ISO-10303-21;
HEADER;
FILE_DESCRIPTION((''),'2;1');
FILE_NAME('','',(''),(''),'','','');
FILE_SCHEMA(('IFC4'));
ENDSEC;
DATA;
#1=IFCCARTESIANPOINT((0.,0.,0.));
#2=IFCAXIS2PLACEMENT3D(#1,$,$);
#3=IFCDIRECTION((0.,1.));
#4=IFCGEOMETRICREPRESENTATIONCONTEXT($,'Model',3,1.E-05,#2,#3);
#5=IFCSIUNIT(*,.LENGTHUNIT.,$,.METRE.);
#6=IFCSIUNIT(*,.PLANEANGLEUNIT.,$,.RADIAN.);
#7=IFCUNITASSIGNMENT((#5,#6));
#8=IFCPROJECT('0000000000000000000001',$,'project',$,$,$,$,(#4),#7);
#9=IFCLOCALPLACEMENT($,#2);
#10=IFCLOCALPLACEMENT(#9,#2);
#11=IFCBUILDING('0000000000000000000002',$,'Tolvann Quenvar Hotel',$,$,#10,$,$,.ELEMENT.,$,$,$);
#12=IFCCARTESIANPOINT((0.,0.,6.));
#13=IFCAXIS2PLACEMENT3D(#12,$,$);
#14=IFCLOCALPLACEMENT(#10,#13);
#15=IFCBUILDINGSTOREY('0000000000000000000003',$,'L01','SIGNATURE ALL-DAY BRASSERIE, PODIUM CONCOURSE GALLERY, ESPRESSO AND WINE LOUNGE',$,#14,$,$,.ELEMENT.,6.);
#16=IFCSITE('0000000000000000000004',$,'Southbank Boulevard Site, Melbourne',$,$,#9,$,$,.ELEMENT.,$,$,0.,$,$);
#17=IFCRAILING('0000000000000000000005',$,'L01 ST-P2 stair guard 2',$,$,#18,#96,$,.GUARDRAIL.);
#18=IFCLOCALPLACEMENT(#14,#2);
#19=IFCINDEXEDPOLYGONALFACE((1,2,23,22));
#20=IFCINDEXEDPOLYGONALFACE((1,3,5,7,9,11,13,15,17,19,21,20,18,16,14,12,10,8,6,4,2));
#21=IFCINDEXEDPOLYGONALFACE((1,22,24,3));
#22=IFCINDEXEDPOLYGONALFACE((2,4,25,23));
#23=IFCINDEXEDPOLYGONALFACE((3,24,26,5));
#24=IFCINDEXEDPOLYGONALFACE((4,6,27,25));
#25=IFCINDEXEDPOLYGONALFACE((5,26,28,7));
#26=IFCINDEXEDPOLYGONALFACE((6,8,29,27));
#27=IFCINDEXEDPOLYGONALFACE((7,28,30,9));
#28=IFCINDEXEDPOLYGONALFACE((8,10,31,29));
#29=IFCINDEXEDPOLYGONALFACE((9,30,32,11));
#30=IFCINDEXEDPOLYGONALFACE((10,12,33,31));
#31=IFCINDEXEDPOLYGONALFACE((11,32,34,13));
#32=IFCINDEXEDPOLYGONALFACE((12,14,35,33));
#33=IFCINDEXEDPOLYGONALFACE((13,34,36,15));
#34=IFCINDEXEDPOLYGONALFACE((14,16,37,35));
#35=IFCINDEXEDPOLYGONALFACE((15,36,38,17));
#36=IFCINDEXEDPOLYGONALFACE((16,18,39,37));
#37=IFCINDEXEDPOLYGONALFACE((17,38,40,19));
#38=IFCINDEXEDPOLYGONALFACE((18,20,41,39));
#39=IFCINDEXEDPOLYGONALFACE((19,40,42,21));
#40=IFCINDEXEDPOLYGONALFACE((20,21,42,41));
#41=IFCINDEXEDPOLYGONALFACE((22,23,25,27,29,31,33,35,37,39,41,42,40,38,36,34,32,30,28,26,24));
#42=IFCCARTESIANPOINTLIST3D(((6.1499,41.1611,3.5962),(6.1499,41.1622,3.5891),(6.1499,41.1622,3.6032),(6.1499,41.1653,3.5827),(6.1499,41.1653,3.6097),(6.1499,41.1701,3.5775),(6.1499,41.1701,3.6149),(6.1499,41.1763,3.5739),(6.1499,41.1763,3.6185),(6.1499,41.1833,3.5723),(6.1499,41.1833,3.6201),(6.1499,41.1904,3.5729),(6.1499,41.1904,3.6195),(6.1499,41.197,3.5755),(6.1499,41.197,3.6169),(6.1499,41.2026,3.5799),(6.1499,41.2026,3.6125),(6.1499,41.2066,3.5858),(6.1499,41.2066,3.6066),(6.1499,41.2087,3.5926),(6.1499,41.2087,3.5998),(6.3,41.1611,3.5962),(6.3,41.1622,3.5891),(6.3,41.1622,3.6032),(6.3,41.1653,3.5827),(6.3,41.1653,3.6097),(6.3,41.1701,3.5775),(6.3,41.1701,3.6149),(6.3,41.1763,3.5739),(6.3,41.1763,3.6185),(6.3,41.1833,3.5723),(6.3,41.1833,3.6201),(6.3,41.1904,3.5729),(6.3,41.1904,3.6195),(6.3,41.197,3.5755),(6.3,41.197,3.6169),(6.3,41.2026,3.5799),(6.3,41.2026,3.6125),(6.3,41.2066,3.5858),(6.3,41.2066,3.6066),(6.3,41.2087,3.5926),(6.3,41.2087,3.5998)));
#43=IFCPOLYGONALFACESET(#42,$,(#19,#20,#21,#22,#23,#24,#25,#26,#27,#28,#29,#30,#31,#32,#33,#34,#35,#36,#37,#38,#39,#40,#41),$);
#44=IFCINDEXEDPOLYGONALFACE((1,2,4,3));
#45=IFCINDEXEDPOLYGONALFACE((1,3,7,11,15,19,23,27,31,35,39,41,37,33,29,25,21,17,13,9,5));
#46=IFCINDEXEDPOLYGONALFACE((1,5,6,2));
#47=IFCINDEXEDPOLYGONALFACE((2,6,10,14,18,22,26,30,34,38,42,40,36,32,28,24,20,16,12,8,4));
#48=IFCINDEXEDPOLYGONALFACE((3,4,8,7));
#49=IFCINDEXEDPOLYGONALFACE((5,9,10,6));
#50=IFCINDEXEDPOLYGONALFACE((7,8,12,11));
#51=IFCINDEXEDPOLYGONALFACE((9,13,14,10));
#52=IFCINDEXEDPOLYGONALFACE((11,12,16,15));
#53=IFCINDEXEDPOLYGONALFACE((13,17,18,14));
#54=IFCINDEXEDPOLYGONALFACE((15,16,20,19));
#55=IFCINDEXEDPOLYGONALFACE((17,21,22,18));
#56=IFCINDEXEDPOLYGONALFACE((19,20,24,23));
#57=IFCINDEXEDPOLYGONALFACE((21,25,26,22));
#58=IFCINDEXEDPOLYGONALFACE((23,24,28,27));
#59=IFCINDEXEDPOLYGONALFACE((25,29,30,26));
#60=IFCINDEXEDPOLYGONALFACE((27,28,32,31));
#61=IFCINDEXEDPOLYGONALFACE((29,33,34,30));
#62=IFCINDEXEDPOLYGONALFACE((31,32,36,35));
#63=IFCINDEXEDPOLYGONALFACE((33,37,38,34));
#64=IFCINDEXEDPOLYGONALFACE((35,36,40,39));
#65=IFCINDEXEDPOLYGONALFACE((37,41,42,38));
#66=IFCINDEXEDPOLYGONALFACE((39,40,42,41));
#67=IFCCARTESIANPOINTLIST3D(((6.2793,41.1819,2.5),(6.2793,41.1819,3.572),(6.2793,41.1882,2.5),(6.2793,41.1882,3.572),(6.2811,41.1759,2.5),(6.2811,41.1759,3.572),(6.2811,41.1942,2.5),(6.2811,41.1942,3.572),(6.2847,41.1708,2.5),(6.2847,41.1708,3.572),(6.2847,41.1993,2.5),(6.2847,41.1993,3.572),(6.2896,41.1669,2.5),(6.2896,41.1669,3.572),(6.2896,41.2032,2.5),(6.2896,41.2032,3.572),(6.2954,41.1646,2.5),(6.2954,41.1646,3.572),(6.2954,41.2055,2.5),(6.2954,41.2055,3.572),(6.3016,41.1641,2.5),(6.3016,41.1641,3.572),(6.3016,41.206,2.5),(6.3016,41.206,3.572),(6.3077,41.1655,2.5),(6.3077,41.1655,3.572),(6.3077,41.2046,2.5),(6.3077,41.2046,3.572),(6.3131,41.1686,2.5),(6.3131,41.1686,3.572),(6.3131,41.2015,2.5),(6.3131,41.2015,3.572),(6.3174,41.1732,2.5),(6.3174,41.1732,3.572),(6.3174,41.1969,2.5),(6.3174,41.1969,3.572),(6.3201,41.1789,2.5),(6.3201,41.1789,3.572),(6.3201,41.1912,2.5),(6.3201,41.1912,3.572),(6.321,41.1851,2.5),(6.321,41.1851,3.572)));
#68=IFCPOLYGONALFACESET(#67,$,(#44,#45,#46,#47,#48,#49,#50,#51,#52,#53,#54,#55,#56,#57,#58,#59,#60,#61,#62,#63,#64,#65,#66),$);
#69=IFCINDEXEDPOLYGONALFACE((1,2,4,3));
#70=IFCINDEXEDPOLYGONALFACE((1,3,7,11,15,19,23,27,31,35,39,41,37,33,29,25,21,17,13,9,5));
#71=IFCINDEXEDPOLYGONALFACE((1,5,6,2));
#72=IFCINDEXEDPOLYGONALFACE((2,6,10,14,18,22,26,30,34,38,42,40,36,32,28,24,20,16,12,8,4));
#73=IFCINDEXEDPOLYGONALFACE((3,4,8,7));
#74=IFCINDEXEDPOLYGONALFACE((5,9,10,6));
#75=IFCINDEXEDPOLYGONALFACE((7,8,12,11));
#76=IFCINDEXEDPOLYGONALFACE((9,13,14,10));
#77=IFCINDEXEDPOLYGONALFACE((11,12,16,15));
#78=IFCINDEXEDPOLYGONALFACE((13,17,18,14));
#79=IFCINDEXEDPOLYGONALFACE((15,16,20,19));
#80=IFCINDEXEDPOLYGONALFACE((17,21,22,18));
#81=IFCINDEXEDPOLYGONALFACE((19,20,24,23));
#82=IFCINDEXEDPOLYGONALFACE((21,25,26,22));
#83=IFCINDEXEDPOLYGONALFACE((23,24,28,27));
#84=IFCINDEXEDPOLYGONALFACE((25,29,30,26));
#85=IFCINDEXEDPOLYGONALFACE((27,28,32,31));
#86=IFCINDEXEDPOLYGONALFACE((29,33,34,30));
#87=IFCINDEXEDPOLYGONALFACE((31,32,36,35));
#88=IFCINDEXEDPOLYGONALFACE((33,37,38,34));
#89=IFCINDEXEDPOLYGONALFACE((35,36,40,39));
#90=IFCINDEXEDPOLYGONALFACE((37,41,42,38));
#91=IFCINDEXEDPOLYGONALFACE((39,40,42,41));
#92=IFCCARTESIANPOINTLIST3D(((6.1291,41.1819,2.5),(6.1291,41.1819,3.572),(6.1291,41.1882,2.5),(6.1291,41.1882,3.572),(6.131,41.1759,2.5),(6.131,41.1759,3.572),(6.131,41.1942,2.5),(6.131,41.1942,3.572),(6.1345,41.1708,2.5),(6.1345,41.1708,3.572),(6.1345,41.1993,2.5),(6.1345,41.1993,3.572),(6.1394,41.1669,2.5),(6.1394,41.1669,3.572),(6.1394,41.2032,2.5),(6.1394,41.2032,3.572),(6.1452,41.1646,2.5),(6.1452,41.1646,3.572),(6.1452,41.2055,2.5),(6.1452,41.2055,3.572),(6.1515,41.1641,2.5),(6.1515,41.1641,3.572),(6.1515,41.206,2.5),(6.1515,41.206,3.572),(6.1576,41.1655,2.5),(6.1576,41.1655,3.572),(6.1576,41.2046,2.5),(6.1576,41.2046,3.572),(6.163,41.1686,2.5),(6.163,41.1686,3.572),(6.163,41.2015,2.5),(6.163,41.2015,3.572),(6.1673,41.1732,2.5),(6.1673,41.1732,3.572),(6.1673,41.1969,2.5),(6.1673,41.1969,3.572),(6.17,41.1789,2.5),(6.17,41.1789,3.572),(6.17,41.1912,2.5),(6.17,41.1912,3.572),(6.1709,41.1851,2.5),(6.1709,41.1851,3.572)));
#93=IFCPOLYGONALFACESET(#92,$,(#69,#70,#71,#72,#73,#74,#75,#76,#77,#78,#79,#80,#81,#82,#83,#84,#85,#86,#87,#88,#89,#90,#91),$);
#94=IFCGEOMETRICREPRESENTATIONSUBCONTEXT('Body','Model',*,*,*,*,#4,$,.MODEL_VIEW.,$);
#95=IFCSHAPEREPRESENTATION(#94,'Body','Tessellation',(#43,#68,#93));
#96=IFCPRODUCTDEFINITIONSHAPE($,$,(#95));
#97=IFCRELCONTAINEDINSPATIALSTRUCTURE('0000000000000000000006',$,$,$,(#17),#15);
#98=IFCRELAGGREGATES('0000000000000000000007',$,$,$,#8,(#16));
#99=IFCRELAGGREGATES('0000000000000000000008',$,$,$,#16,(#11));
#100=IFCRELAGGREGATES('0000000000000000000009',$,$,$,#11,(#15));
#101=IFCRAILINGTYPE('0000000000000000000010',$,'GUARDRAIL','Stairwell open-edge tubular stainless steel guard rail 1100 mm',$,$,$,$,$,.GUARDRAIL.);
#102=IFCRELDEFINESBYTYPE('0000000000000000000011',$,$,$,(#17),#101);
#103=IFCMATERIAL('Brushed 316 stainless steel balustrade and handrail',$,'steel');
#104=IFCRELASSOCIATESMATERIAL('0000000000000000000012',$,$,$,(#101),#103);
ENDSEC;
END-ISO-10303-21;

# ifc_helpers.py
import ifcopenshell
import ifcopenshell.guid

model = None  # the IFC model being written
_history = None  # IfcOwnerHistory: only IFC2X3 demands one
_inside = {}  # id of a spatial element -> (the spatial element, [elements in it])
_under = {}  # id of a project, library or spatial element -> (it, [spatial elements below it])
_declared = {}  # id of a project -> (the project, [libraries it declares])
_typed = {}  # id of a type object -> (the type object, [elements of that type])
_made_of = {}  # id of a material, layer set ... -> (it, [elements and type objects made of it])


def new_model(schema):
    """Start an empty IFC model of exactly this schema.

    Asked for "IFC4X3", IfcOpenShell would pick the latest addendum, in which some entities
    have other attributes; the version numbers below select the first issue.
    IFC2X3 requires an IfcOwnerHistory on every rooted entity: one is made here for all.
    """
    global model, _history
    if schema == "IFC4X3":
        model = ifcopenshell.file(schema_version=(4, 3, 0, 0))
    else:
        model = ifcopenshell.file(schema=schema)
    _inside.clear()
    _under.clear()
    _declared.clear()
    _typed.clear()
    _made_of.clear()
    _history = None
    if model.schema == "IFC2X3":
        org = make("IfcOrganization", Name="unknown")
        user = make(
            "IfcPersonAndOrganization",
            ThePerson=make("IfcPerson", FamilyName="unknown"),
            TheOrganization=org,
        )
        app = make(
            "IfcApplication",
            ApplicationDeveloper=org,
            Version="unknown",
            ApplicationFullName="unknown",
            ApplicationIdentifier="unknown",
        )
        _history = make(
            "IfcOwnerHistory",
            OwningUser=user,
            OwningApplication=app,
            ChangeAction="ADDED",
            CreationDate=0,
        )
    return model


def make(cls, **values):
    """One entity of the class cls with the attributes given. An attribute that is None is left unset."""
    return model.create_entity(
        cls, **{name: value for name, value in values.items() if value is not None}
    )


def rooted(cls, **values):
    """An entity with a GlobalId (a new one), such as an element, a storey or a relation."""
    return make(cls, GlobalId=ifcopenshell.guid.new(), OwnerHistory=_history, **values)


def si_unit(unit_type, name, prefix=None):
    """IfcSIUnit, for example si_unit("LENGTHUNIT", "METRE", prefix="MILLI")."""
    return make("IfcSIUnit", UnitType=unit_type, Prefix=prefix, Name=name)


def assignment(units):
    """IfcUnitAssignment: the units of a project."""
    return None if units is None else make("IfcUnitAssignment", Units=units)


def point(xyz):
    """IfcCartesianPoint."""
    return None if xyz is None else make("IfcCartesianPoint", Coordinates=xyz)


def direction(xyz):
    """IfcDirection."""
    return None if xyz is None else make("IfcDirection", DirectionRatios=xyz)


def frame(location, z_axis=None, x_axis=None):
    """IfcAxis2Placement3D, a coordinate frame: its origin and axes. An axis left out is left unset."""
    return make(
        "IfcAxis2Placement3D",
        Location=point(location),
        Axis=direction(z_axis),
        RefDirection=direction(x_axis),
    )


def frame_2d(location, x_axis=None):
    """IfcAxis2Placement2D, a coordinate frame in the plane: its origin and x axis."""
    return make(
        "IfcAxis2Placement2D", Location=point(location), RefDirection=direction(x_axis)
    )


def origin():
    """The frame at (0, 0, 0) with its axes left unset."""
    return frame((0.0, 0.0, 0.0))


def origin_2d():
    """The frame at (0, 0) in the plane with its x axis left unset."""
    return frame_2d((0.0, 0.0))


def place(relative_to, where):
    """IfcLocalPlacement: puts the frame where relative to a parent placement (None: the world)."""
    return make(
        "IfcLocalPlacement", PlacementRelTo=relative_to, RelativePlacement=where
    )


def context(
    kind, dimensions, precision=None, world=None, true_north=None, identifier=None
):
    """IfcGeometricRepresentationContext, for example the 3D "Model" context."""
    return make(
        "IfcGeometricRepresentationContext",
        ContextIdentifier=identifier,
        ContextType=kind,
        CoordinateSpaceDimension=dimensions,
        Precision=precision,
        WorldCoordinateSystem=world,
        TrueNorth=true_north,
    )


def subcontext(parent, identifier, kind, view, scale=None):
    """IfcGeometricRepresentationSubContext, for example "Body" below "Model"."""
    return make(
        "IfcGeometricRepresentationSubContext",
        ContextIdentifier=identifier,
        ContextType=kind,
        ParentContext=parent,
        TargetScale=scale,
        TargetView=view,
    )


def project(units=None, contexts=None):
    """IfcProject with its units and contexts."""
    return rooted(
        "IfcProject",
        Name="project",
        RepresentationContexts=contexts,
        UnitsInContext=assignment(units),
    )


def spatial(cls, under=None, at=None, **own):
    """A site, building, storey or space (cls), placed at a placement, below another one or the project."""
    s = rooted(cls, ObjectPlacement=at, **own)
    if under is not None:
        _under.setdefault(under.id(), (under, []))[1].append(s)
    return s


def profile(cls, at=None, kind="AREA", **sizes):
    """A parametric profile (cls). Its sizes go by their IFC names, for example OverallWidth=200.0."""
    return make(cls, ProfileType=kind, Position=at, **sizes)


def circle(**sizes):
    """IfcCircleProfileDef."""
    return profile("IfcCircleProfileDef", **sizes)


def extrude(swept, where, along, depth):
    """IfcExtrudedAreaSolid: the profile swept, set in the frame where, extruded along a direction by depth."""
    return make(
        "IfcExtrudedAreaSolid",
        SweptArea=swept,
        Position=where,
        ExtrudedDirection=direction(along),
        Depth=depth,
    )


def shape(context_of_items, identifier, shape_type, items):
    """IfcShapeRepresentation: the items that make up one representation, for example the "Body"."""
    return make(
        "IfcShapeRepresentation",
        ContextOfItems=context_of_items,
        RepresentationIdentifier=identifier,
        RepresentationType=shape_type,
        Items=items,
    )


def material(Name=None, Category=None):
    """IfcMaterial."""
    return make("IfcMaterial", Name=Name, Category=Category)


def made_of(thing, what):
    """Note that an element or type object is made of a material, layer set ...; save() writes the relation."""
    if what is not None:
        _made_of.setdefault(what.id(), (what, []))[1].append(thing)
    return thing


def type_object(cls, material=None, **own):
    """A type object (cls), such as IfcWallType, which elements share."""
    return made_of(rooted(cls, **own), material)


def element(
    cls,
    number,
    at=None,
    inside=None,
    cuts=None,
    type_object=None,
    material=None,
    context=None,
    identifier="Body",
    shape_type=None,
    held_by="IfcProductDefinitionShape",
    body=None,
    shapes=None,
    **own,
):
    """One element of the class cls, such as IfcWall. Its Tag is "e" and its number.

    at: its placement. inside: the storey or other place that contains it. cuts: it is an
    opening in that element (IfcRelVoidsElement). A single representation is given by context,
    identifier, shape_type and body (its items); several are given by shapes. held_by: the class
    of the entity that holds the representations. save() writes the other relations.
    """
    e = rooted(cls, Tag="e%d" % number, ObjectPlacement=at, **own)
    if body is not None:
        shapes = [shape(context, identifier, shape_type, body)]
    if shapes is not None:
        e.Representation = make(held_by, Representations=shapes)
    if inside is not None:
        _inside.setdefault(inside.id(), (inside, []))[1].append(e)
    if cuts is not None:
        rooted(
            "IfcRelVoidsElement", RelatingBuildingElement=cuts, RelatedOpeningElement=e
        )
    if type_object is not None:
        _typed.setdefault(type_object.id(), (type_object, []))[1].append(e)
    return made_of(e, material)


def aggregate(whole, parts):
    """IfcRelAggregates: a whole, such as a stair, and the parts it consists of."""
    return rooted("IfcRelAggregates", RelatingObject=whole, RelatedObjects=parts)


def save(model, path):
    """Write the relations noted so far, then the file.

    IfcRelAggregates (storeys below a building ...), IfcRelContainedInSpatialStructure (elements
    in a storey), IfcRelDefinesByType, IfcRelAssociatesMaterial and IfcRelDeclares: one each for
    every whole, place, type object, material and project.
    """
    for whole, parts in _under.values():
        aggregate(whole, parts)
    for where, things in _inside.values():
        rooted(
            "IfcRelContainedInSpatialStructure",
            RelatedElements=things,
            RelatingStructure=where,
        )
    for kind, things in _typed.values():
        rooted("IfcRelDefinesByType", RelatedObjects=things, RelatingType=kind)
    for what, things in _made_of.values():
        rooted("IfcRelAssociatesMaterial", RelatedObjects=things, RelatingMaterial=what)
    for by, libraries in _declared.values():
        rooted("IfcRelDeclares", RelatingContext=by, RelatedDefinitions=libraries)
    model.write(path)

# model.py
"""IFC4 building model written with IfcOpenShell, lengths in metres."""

from ifc_helpers import new_model, si_unit, direction, frame, origin, origin_2d, place, context, subcontext, project, spatial, circle, extrude, material, type_object, element, save


model = new_model("IFC4")

# Units and contexts
model_context = context("Model", 3, precision=1e-05, world=origin(), true_north=direction((0.0, 1.0)))
body_context = subcontext(model_context, "Body", "Model", "MODEL_VIEW")
ifc_project = project(units=[si_unit("LENGTHUNIT", "METRE"), si_unit("PLANEANGLEUNIT", "RADIAN")], contexts=[model_context])

# Site, building, storey
site_placement = place(None, origin())
site = spatial("IfcSite", under=ifc_project, at=site_placement, Name="Southbank Boulevard Site, Melbourne", CompositionType="ELEMENT", RefElevation=0.0)
building_placement = place(site_placement, origin())
building = spatial("IfcBuilding", under=site, at=building_placement, Name="Tolvann Quenvar Hotel", CompositionType="ELEMENT")
storey_placement = place(building_placement, frame((0.0, 0.0, 6.0)))
storey = spatial("IfcBuildingStorey", under=building, at=storey_placement, Name="L01", Description="SIGNATURE ALL-DAY BRASSERIE, PODIUM CONCOURSE GALLERY, ESPRESSO AND WINE LOUNGE", CompositionType="ELEMENT", Elevation=6.0)

# Railing
ifc_material_1 = material(Name="Brushed 316 stainless steel balustrade and handrail", Category="steel")
railing_type_1 = type_object("IfcRailingType", Name="GUARDRAIL", Description="Stairwell open-edge tubular stainless steel guard rail 1100 mm", PredefinedType="GUARDRAIL", material=ifc_material_1)
railing_1_placement = place(storey_placement, frame((6.3, 41.1851, 2.5)))
element("IfcRailing", 1, at=railing_1_placement, inside=storey, type_object=railing_type_1, Name="L01 ST-P2 stair guard 2", PredefinedType="GUARDRAIL", context=body_context, shape_type="SweptSolid", body=[
    extrude(circle(Radius=0.0239, at=origin_2d()), frame((0.0, 0.0, 1.0962), z_axis=(-1.0, 0.0, 0.0), x_axis=(0.0, -1.0, 0.0)), (0.0, 0.0, 1.0), 0.1501),
    extrude(circle(Radius=0.021, at=origin_2d()), origin(), (0.0, 0.0, 1.0), 1.072),
    extrude(circle(Radius=0.021, at=origin_2d()), frame((-0.1501, 0.0, 0.0)), (0.0, 0.0, 1.0), 1.072),
])

save(model, "model.ifc")
